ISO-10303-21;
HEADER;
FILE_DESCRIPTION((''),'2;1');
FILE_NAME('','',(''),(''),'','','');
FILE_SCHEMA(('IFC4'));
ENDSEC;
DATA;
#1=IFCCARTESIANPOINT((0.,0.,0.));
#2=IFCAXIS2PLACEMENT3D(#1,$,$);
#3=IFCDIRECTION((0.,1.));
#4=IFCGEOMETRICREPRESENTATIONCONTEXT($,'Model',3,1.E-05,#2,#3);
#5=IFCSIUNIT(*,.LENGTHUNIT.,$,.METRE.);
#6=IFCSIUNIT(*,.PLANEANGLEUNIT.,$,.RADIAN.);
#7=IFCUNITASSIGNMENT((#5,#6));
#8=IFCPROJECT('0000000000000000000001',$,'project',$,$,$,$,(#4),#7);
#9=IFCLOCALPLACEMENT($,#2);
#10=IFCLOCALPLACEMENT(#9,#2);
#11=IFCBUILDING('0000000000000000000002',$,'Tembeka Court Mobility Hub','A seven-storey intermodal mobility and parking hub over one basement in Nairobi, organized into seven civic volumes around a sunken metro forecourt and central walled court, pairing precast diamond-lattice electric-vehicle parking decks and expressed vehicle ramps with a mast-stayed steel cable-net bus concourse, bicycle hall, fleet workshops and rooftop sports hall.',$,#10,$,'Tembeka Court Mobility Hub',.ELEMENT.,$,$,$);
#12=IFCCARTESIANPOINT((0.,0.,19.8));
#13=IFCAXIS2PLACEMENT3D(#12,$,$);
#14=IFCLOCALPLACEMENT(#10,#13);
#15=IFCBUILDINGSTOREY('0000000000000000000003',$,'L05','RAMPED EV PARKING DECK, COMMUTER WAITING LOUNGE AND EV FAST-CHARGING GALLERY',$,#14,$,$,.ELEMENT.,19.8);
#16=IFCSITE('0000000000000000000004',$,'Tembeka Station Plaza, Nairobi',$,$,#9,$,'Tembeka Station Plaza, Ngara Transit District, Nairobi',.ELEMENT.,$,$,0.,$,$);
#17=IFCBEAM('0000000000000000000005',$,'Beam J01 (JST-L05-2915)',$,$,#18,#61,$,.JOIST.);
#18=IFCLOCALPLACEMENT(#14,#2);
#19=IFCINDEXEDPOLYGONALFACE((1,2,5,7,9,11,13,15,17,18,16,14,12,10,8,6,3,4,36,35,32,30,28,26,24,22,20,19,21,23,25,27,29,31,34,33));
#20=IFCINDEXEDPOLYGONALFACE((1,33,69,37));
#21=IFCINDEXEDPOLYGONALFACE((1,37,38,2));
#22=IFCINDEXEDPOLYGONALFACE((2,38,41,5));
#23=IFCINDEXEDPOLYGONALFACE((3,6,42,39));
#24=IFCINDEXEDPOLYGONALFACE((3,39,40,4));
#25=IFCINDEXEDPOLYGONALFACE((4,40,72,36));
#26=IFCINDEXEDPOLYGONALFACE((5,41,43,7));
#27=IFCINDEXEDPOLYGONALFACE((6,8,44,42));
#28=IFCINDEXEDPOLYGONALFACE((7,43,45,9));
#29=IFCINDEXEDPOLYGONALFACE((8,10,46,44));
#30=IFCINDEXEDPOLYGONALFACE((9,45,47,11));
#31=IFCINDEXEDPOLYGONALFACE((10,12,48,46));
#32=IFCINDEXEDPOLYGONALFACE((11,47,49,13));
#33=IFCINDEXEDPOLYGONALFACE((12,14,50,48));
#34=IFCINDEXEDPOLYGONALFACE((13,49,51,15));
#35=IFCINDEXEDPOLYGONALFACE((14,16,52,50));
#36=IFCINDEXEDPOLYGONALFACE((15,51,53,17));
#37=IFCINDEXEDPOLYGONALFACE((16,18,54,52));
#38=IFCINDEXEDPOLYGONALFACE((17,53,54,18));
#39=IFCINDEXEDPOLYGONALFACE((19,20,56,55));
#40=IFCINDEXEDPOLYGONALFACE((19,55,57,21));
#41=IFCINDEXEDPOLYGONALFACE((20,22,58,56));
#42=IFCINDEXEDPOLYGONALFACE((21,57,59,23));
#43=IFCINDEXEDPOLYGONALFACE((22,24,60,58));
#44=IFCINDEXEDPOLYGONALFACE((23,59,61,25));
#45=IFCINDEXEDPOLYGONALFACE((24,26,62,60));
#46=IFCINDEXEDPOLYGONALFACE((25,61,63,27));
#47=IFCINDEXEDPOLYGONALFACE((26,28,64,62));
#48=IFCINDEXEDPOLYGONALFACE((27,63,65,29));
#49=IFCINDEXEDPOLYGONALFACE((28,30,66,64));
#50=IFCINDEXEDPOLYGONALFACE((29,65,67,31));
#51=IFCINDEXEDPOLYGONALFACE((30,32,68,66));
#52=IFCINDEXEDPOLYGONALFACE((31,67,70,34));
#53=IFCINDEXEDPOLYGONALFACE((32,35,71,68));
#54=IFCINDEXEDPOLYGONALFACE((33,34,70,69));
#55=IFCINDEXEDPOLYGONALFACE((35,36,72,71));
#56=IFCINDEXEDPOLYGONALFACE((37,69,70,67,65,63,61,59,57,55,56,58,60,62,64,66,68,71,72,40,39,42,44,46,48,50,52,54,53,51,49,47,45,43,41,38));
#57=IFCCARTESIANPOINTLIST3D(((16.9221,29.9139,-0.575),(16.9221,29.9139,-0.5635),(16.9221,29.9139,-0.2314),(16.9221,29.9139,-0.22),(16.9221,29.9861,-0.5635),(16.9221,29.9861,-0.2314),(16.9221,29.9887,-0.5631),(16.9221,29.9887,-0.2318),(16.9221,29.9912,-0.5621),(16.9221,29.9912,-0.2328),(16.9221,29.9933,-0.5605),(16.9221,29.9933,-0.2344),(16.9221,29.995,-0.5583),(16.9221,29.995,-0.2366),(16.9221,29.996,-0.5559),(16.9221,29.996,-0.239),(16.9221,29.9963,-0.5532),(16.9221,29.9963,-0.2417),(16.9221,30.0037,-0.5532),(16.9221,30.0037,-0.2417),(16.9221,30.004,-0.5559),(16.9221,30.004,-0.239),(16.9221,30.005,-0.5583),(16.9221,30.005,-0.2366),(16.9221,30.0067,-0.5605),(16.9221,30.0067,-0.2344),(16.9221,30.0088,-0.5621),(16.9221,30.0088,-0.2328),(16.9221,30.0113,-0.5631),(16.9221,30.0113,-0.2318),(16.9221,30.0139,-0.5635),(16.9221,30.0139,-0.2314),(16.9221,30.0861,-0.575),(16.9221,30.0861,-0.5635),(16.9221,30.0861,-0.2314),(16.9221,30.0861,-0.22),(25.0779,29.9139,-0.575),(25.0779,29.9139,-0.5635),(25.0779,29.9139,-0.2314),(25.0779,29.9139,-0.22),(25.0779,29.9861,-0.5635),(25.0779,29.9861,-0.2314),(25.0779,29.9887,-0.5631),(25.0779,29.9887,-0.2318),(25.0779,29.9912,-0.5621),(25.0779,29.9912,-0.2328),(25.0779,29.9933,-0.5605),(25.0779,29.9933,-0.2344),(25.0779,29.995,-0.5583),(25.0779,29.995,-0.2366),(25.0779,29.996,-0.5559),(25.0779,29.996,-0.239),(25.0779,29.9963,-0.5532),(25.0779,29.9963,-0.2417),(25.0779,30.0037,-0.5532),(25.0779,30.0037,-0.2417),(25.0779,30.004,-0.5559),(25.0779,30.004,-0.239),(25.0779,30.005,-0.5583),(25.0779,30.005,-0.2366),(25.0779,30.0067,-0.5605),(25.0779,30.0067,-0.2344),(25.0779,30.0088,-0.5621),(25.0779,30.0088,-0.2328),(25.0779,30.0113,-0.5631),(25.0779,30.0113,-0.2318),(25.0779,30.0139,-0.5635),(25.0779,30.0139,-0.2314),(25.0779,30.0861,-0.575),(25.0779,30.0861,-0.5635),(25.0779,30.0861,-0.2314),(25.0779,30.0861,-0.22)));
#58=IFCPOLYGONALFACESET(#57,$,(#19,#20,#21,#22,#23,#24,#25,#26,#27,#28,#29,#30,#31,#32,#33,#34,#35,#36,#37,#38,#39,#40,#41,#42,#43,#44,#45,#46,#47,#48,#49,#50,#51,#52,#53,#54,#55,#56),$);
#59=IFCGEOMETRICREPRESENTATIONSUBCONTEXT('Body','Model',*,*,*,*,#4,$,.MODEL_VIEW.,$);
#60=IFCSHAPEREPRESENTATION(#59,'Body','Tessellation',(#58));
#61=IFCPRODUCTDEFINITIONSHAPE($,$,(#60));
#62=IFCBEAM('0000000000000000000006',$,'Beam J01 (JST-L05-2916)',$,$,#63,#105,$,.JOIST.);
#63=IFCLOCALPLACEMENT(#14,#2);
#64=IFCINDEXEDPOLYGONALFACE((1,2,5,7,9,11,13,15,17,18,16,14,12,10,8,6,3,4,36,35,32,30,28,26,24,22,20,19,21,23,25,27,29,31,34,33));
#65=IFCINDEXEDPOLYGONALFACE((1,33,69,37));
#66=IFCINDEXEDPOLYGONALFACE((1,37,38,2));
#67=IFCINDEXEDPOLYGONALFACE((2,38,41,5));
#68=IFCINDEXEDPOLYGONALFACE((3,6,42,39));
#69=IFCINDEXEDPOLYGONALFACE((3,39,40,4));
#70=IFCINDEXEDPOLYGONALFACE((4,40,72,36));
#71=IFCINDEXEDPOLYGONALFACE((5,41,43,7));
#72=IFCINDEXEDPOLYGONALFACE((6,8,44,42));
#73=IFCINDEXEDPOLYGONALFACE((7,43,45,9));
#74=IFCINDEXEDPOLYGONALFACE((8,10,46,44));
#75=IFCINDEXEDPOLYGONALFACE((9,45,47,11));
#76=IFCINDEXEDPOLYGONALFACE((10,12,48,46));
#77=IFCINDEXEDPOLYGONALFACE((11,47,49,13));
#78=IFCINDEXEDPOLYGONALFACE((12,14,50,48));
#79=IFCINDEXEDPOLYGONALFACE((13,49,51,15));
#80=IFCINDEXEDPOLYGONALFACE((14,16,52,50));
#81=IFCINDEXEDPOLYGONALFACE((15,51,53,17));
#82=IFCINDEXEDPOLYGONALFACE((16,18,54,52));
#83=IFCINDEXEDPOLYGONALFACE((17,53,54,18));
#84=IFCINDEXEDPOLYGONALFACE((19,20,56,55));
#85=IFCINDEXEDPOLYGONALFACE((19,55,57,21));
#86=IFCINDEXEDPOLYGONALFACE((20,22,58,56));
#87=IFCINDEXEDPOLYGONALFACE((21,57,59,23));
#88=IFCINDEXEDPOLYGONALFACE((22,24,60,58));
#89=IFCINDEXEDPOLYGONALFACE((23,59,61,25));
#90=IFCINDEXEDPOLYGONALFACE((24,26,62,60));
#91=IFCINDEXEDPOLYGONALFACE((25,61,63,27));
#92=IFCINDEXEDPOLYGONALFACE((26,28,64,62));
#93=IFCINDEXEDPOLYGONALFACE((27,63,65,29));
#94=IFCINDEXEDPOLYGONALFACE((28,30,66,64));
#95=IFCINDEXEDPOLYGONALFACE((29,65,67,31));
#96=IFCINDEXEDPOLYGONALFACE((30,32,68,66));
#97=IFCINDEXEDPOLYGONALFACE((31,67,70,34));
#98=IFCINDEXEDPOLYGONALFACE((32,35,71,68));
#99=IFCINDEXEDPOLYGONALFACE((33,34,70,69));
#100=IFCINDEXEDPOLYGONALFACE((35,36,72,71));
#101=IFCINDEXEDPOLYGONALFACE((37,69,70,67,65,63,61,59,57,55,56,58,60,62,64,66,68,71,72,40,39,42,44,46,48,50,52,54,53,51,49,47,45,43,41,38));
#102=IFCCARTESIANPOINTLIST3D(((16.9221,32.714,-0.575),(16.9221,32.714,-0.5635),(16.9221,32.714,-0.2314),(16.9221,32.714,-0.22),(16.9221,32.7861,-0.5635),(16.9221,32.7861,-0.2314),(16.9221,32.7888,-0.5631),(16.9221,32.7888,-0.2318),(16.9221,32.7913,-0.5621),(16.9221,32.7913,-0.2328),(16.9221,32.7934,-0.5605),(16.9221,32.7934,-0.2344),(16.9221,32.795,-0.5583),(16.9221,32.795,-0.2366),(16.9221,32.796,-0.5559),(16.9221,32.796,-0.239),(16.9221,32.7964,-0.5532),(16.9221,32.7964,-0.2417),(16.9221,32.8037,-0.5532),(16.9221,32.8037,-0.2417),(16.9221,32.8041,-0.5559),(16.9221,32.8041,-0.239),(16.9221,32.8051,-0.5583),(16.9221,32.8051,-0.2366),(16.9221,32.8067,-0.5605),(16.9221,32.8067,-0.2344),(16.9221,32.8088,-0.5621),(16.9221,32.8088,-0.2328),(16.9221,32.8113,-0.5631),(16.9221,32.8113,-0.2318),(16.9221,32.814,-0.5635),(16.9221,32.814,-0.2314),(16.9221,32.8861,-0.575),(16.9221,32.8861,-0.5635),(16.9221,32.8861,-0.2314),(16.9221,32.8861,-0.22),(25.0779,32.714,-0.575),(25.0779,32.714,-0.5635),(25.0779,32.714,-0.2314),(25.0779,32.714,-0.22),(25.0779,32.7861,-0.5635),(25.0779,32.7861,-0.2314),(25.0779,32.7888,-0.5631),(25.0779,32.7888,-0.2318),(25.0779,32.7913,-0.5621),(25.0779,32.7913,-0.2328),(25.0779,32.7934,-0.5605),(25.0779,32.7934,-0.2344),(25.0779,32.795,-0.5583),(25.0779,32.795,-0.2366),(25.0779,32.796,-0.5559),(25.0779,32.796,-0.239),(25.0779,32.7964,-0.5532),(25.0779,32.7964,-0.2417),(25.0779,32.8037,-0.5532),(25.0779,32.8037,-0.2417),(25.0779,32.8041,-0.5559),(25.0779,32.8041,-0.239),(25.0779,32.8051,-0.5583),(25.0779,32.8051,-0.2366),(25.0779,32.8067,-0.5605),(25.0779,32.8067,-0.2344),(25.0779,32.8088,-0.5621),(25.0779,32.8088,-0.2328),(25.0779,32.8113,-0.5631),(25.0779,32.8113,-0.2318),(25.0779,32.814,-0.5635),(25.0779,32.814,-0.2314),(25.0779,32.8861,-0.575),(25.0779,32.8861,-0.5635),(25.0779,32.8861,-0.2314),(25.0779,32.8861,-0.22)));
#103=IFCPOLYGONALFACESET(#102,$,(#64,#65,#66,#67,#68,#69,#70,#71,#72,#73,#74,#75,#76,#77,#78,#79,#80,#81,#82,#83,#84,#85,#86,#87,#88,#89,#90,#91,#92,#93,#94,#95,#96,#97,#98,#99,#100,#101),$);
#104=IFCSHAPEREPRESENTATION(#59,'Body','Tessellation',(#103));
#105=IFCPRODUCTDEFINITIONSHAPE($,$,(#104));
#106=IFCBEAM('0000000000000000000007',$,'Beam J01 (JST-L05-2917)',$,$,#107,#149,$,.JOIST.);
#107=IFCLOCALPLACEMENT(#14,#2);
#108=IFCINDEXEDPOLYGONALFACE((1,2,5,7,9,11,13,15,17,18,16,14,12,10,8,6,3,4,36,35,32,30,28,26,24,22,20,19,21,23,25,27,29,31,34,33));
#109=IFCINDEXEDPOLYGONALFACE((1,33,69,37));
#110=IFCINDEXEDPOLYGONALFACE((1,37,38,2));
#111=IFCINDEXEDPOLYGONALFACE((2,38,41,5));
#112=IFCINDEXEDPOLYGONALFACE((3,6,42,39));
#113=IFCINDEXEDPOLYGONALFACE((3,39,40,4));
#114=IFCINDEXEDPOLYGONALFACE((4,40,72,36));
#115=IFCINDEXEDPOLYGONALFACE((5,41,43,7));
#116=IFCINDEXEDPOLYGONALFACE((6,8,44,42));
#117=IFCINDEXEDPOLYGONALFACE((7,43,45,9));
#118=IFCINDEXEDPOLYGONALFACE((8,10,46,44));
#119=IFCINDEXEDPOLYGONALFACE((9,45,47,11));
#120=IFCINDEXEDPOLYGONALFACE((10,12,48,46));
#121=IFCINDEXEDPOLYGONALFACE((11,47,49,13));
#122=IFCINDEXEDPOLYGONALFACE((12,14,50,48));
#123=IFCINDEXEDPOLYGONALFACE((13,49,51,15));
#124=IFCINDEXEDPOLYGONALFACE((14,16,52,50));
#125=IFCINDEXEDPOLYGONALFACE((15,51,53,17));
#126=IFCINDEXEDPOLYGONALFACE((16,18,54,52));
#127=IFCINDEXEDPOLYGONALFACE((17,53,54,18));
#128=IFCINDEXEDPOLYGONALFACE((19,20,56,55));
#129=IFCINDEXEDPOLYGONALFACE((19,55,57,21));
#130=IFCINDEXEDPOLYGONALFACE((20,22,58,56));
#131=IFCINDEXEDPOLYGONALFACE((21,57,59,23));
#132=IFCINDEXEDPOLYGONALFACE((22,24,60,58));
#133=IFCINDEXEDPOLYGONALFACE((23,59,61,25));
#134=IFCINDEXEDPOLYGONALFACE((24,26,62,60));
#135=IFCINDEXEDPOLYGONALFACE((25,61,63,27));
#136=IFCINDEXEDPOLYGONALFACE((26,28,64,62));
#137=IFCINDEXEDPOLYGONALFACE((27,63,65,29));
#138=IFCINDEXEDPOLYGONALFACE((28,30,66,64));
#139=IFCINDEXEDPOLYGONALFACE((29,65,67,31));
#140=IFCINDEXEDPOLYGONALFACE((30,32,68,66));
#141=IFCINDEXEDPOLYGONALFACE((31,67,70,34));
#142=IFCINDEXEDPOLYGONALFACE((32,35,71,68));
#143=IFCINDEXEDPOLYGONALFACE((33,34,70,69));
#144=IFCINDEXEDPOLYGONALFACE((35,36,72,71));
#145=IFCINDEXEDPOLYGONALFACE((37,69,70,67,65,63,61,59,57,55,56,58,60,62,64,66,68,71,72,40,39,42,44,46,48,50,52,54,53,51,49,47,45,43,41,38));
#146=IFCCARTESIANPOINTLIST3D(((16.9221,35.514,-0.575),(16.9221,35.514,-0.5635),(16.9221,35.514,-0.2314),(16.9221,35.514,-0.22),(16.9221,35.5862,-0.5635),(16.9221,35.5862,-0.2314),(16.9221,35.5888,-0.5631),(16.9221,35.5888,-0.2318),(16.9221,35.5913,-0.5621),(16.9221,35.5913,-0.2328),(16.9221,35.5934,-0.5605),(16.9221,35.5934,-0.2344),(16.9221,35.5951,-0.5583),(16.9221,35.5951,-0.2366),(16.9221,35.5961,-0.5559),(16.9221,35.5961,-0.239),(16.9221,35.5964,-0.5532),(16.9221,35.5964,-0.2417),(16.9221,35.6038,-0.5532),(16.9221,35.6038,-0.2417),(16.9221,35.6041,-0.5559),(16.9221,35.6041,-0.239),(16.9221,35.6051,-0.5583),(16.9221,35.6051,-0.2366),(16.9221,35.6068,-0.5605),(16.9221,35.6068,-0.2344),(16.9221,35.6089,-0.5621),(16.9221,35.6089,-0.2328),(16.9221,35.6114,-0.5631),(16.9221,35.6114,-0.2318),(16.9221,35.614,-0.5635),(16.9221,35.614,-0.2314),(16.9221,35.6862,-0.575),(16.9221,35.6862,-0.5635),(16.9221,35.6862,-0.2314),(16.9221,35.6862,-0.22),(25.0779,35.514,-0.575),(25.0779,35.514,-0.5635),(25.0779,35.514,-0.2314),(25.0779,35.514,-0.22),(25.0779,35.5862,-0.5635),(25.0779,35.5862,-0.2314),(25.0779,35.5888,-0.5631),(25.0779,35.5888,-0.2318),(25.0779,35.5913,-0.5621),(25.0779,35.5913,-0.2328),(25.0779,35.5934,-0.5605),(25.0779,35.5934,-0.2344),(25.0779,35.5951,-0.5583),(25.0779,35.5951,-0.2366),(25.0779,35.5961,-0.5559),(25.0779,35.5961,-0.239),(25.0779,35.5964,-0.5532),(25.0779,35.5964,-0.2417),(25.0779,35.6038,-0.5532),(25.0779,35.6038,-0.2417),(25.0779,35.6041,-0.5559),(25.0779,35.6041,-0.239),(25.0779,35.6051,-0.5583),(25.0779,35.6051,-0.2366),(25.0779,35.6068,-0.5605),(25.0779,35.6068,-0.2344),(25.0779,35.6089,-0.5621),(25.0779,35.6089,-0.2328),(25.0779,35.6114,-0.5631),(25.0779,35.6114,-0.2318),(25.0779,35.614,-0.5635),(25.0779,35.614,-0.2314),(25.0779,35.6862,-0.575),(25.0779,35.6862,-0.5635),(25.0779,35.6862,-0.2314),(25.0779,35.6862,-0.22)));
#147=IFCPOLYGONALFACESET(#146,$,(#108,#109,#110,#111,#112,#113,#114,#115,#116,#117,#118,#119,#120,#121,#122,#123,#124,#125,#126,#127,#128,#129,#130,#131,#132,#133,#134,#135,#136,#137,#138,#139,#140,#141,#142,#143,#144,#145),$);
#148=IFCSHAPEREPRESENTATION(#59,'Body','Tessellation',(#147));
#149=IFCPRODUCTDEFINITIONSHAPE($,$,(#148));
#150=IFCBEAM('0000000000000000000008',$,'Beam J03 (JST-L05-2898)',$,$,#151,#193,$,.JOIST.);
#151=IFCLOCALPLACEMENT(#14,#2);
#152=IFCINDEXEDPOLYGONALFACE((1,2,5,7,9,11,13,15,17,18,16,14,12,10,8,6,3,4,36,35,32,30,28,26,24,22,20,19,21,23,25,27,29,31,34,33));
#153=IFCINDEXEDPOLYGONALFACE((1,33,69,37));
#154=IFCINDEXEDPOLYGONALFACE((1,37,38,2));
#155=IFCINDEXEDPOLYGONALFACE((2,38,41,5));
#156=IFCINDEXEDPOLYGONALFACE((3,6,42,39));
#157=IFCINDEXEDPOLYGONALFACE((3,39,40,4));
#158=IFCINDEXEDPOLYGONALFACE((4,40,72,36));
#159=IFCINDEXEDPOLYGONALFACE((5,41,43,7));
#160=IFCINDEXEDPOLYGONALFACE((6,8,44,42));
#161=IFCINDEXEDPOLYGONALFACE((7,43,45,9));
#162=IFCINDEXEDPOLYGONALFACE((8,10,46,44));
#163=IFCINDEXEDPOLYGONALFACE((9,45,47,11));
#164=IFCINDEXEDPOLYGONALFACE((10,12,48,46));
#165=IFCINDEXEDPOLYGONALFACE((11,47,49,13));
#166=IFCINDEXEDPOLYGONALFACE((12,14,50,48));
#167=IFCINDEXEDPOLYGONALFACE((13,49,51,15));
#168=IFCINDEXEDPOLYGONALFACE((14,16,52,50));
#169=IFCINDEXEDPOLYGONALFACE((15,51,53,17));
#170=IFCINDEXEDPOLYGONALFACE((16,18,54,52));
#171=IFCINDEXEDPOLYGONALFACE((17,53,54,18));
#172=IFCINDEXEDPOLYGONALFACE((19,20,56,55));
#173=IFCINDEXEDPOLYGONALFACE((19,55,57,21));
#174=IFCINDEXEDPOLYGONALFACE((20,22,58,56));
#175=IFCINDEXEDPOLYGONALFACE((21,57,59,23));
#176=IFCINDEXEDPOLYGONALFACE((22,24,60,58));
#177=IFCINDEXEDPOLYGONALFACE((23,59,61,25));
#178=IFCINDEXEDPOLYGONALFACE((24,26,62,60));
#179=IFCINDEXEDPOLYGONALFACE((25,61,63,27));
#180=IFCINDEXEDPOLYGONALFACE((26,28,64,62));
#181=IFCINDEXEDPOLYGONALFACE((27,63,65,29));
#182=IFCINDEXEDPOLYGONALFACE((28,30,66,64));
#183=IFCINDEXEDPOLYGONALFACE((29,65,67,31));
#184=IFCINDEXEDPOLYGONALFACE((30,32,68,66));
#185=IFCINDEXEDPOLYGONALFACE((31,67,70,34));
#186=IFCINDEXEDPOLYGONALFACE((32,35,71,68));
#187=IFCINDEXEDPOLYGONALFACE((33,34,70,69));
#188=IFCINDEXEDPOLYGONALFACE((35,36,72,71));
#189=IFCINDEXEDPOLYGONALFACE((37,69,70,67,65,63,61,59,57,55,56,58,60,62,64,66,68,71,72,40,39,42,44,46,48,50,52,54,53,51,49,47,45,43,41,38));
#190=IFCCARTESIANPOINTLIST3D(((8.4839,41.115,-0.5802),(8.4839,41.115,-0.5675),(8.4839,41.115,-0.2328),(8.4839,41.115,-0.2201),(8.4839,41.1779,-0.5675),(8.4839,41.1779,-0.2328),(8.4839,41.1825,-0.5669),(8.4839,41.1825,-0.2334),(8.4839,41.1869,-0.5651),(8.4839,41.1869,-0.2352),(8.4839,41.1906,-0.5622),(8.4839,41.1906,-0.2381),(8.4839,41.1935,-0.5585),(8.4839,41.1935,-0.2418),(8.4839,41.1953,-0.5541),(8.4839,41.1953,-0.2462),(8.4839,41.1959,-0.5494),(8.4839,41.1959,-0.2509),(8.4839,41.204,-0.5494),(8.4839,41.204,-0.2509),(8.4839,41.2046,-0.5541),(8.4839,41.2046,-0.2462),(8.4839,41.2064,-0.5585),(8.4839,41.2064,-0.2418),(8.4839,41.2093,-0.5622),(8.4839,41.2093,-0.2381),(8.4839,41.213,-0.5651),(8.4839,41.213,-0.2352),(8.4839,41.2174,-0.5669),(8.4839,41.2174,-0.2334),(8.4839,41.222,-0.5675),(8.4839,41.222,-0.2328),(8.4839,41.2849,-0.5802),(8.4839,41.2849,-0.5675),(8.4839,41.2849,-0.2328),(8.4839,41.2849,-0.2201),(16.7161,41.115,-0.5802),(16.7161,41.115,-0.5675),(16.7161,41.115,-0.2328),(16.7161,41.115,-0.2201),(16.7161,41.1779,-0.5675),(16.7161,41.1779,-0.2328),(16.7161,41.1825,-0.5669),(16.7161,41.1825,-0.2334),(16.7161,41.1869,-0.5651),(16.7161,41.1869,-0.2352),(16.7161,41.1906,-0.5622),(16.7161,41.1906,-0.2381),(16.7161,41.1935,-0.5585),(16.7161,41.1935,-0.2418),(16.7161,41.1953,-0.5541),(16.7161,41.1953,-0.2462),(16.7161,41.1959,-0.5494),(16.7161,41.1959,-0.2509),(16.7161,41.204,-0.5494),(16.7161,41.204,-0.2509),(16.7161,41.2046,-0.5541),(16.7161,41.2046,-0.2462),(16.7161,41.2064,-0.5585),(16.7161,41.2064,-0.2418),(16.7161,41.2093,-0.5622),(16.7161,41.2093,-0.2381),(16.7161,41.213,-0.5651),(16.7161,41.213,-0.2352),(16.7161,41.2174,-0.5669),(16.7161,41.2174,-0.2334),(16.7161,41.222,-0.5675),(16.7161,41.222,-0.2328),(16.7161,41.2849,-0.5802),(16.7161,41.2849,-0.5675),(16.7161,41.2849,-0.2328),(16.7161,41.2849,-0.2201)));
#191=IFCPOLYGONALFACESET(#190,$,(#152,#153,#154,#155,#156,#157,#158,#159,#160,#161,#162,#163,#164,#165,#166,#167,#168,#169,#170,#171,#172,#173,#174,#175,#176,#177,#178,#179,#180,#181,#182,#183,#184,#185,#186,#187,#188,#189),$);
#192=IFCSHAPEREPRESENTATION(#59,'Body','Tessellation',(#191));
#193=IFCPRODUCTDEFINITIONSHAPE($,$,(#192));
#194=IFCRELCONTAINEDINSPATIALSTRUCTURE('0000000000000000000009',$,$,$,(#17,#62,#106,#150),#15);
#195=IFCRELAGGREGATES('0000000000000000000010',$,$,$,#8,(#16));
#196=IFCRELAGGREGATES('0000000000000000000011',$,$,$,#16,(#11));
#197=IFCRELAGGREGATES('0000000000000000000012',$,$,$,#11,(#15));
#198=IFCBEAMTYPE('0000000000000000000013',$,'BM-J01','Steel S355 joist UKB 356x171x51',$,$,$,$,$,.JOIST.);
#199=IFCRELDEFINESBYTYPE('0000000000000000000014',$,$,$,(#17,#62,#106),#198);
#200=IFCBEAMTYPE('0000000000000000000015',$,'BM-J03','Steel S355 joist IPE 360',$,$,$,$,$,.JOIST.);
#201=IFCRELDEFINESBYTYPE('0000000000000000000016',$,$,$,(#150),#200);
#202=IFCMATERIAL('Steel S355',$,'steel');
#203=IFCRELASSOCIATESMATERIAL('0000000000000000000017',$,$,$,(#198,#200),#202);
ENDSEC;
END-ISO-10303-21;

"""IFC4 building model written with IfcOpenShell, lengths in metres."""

from ifc_helpers import new_model, si_unit, direction, frame, origin, origin_2d, place, context, subcontext, project, spatial, i_section, extrude, material, material_profile, profile_set, type_object, element, save


model = new_model("IFC4")

# Units and contexts
model_context = context("Model", 3, precision=1e-05, world=origin(), true_north=direction((0.0, 1.0)))
body_context = subcontext(model_context, "Body", "Model", "MODEL_VIEW")
ifc_project = project(units=[si_unit("LENGTHUNIT", "METRE"), si_unit("PLANEANGLEUNIT", "RADIAN")], contexts=[model_context])

# Site, building, storey
site_placement = place(None, origin())
site = spatial("IfcSite", under=ifc_project, at=site_placement, Name="Tembeka Station Plaza, Nairobi", LongName="Tembeka Station Plaza, Ngara Transit District, Nairobi", CompositionType="ELEMENT", RefElevation=0.0)
building_placement = place(site_placement, origin())
building = spatial("IfcBuilding", under=site, at=building_placement, Name="Tembeka Court Mobility Hub", Description="A seven-storey intermodal mobility and parking hub over one basement in Nairobi, organized into seven civic volumes around a sunken metro forecourt and central walled court, pairing precast diamond-lattice electric-vehicle parking decks and expressed vehicle ramps with a mast-stayed steel cable-net bus concourse, bicycle hall, fleet workshops and rooftop sports hall.", LongName="Tembeka Court Mobility Hub", CompositionType="ELEMENT")
storey_placement = place(building_placement, frame((0.0, 0.0, 19.8)))
storey = spatial("IfcBuildingStorey", under=building, at=storey_placement, Name="L05", Description="RAMPED EV PARKING DECK, COMMUTER WAITING LOUNGE AND EV FAST-CHARGING GALLERY", CompositionType="ELEMENT", Elevation=19.8)

# Shared definitions
ifc_material_1 = material(Name="Steel S355", Category="steel")

# Beams
ifc_material_profile_1 = material_profile(ifc_material_1, i_section(OverallWidth=0.1721, OverallDepth=0.355, WebThickness=0.0073, FlangeThickness=0.0115, FilletRadius=0.0103, at=origin_2d()), Name="UKB 356x171x51")
ifc_profile_set_1 = profile_set([ifc_material_profile_1], Name="Steel S355")
beam_type_1 = type_object("IfcBeamType", Name="BM-J01", Description="Steel S355 joist UKB 356x171x51", PredefinedType="JOIST", material=ifc_profile_set_1)
for number, where, z_axis, x_axis, name in (
    (1, (16.9221, 30.0, -0.3975), (1.0, 0.0, 0.0), (0.0, 1.0, 0.0), "Beam J01 (JST-L05-2915)"),
    (2, (16.9221, 32.8, -0.3975), (1.0, 0.0, 0.0), (0.0, 1.0, 0.0), "Beam J01 (JST-L05-2916)"),
    (3, (16.9221, 35.6001, -0.3975), (1.0, 0.0, 0.0), (0.0, 1.0, 0.0), "Beam J01 (JST-L05-2917)"),
):
    element("IfcBeam", number, at=place(storey_placement, frame(where, z_axis=z_axis, x_axis=x_axis)), inside=storey, type_object=beam_type_1, Name=name, PredefinedType="JOIST", context=body_context, shape_type="SweptSolid", body=[
        extrude(i_section(OverallWidth=0.1721, OverallDepth=0.355, WebThickness=0.0073, FlangeThickness=0.0115, FilletRadius=0.0103, at=origin_2d()), origin(), (0.0, 0.0, 1.0), 8.1558),
    ])
ifc_material_profile_2 = material_profile(ifc_material_1, i_section(OverallWidth=0.1699, OverallDepth=0.3601, WebThickness=0.0081, FlangeThickness=0.0127, FilletRadius=0.0181, at=origin_2d()), Name="IPE 360")
ifc_profile_set_2 = profile_set([ifc_material_profile_2], Name="Steel S355")
beam_type_2 = type_object("IfcBeamType", Name="BM-J03", Description="Steel S355 joist IPE 360", PredefinedType="JOIST", material=ifc_profile_set_2)
beam_1_placement = place(storey_placement, frame((8.4839, 41.2, -0.4001), z_axis=(1.0, 0.0, 0.0), x_axis=(0.0, 1.0, 0.0)))
element("IfcBeam", 4, at=beam_1_placement, inside=storey, type_object=beam_type_2, Name="Beam J03 (JST-L05-2898)", PredefinedType="JOIST", context=body_context, shape_type="SweptSolid", body=[
    extrude(i_section(OverallWidth=0.1699, OverallDepth=0.3601, WebThickness=0.0081, FlangeThickness=0.0127, FilletRadius=0.0181, at=origin_2d()), origin(), (0.0, 0.0, 1.0), 8.2322),
])

save(model, "model.ifc")
